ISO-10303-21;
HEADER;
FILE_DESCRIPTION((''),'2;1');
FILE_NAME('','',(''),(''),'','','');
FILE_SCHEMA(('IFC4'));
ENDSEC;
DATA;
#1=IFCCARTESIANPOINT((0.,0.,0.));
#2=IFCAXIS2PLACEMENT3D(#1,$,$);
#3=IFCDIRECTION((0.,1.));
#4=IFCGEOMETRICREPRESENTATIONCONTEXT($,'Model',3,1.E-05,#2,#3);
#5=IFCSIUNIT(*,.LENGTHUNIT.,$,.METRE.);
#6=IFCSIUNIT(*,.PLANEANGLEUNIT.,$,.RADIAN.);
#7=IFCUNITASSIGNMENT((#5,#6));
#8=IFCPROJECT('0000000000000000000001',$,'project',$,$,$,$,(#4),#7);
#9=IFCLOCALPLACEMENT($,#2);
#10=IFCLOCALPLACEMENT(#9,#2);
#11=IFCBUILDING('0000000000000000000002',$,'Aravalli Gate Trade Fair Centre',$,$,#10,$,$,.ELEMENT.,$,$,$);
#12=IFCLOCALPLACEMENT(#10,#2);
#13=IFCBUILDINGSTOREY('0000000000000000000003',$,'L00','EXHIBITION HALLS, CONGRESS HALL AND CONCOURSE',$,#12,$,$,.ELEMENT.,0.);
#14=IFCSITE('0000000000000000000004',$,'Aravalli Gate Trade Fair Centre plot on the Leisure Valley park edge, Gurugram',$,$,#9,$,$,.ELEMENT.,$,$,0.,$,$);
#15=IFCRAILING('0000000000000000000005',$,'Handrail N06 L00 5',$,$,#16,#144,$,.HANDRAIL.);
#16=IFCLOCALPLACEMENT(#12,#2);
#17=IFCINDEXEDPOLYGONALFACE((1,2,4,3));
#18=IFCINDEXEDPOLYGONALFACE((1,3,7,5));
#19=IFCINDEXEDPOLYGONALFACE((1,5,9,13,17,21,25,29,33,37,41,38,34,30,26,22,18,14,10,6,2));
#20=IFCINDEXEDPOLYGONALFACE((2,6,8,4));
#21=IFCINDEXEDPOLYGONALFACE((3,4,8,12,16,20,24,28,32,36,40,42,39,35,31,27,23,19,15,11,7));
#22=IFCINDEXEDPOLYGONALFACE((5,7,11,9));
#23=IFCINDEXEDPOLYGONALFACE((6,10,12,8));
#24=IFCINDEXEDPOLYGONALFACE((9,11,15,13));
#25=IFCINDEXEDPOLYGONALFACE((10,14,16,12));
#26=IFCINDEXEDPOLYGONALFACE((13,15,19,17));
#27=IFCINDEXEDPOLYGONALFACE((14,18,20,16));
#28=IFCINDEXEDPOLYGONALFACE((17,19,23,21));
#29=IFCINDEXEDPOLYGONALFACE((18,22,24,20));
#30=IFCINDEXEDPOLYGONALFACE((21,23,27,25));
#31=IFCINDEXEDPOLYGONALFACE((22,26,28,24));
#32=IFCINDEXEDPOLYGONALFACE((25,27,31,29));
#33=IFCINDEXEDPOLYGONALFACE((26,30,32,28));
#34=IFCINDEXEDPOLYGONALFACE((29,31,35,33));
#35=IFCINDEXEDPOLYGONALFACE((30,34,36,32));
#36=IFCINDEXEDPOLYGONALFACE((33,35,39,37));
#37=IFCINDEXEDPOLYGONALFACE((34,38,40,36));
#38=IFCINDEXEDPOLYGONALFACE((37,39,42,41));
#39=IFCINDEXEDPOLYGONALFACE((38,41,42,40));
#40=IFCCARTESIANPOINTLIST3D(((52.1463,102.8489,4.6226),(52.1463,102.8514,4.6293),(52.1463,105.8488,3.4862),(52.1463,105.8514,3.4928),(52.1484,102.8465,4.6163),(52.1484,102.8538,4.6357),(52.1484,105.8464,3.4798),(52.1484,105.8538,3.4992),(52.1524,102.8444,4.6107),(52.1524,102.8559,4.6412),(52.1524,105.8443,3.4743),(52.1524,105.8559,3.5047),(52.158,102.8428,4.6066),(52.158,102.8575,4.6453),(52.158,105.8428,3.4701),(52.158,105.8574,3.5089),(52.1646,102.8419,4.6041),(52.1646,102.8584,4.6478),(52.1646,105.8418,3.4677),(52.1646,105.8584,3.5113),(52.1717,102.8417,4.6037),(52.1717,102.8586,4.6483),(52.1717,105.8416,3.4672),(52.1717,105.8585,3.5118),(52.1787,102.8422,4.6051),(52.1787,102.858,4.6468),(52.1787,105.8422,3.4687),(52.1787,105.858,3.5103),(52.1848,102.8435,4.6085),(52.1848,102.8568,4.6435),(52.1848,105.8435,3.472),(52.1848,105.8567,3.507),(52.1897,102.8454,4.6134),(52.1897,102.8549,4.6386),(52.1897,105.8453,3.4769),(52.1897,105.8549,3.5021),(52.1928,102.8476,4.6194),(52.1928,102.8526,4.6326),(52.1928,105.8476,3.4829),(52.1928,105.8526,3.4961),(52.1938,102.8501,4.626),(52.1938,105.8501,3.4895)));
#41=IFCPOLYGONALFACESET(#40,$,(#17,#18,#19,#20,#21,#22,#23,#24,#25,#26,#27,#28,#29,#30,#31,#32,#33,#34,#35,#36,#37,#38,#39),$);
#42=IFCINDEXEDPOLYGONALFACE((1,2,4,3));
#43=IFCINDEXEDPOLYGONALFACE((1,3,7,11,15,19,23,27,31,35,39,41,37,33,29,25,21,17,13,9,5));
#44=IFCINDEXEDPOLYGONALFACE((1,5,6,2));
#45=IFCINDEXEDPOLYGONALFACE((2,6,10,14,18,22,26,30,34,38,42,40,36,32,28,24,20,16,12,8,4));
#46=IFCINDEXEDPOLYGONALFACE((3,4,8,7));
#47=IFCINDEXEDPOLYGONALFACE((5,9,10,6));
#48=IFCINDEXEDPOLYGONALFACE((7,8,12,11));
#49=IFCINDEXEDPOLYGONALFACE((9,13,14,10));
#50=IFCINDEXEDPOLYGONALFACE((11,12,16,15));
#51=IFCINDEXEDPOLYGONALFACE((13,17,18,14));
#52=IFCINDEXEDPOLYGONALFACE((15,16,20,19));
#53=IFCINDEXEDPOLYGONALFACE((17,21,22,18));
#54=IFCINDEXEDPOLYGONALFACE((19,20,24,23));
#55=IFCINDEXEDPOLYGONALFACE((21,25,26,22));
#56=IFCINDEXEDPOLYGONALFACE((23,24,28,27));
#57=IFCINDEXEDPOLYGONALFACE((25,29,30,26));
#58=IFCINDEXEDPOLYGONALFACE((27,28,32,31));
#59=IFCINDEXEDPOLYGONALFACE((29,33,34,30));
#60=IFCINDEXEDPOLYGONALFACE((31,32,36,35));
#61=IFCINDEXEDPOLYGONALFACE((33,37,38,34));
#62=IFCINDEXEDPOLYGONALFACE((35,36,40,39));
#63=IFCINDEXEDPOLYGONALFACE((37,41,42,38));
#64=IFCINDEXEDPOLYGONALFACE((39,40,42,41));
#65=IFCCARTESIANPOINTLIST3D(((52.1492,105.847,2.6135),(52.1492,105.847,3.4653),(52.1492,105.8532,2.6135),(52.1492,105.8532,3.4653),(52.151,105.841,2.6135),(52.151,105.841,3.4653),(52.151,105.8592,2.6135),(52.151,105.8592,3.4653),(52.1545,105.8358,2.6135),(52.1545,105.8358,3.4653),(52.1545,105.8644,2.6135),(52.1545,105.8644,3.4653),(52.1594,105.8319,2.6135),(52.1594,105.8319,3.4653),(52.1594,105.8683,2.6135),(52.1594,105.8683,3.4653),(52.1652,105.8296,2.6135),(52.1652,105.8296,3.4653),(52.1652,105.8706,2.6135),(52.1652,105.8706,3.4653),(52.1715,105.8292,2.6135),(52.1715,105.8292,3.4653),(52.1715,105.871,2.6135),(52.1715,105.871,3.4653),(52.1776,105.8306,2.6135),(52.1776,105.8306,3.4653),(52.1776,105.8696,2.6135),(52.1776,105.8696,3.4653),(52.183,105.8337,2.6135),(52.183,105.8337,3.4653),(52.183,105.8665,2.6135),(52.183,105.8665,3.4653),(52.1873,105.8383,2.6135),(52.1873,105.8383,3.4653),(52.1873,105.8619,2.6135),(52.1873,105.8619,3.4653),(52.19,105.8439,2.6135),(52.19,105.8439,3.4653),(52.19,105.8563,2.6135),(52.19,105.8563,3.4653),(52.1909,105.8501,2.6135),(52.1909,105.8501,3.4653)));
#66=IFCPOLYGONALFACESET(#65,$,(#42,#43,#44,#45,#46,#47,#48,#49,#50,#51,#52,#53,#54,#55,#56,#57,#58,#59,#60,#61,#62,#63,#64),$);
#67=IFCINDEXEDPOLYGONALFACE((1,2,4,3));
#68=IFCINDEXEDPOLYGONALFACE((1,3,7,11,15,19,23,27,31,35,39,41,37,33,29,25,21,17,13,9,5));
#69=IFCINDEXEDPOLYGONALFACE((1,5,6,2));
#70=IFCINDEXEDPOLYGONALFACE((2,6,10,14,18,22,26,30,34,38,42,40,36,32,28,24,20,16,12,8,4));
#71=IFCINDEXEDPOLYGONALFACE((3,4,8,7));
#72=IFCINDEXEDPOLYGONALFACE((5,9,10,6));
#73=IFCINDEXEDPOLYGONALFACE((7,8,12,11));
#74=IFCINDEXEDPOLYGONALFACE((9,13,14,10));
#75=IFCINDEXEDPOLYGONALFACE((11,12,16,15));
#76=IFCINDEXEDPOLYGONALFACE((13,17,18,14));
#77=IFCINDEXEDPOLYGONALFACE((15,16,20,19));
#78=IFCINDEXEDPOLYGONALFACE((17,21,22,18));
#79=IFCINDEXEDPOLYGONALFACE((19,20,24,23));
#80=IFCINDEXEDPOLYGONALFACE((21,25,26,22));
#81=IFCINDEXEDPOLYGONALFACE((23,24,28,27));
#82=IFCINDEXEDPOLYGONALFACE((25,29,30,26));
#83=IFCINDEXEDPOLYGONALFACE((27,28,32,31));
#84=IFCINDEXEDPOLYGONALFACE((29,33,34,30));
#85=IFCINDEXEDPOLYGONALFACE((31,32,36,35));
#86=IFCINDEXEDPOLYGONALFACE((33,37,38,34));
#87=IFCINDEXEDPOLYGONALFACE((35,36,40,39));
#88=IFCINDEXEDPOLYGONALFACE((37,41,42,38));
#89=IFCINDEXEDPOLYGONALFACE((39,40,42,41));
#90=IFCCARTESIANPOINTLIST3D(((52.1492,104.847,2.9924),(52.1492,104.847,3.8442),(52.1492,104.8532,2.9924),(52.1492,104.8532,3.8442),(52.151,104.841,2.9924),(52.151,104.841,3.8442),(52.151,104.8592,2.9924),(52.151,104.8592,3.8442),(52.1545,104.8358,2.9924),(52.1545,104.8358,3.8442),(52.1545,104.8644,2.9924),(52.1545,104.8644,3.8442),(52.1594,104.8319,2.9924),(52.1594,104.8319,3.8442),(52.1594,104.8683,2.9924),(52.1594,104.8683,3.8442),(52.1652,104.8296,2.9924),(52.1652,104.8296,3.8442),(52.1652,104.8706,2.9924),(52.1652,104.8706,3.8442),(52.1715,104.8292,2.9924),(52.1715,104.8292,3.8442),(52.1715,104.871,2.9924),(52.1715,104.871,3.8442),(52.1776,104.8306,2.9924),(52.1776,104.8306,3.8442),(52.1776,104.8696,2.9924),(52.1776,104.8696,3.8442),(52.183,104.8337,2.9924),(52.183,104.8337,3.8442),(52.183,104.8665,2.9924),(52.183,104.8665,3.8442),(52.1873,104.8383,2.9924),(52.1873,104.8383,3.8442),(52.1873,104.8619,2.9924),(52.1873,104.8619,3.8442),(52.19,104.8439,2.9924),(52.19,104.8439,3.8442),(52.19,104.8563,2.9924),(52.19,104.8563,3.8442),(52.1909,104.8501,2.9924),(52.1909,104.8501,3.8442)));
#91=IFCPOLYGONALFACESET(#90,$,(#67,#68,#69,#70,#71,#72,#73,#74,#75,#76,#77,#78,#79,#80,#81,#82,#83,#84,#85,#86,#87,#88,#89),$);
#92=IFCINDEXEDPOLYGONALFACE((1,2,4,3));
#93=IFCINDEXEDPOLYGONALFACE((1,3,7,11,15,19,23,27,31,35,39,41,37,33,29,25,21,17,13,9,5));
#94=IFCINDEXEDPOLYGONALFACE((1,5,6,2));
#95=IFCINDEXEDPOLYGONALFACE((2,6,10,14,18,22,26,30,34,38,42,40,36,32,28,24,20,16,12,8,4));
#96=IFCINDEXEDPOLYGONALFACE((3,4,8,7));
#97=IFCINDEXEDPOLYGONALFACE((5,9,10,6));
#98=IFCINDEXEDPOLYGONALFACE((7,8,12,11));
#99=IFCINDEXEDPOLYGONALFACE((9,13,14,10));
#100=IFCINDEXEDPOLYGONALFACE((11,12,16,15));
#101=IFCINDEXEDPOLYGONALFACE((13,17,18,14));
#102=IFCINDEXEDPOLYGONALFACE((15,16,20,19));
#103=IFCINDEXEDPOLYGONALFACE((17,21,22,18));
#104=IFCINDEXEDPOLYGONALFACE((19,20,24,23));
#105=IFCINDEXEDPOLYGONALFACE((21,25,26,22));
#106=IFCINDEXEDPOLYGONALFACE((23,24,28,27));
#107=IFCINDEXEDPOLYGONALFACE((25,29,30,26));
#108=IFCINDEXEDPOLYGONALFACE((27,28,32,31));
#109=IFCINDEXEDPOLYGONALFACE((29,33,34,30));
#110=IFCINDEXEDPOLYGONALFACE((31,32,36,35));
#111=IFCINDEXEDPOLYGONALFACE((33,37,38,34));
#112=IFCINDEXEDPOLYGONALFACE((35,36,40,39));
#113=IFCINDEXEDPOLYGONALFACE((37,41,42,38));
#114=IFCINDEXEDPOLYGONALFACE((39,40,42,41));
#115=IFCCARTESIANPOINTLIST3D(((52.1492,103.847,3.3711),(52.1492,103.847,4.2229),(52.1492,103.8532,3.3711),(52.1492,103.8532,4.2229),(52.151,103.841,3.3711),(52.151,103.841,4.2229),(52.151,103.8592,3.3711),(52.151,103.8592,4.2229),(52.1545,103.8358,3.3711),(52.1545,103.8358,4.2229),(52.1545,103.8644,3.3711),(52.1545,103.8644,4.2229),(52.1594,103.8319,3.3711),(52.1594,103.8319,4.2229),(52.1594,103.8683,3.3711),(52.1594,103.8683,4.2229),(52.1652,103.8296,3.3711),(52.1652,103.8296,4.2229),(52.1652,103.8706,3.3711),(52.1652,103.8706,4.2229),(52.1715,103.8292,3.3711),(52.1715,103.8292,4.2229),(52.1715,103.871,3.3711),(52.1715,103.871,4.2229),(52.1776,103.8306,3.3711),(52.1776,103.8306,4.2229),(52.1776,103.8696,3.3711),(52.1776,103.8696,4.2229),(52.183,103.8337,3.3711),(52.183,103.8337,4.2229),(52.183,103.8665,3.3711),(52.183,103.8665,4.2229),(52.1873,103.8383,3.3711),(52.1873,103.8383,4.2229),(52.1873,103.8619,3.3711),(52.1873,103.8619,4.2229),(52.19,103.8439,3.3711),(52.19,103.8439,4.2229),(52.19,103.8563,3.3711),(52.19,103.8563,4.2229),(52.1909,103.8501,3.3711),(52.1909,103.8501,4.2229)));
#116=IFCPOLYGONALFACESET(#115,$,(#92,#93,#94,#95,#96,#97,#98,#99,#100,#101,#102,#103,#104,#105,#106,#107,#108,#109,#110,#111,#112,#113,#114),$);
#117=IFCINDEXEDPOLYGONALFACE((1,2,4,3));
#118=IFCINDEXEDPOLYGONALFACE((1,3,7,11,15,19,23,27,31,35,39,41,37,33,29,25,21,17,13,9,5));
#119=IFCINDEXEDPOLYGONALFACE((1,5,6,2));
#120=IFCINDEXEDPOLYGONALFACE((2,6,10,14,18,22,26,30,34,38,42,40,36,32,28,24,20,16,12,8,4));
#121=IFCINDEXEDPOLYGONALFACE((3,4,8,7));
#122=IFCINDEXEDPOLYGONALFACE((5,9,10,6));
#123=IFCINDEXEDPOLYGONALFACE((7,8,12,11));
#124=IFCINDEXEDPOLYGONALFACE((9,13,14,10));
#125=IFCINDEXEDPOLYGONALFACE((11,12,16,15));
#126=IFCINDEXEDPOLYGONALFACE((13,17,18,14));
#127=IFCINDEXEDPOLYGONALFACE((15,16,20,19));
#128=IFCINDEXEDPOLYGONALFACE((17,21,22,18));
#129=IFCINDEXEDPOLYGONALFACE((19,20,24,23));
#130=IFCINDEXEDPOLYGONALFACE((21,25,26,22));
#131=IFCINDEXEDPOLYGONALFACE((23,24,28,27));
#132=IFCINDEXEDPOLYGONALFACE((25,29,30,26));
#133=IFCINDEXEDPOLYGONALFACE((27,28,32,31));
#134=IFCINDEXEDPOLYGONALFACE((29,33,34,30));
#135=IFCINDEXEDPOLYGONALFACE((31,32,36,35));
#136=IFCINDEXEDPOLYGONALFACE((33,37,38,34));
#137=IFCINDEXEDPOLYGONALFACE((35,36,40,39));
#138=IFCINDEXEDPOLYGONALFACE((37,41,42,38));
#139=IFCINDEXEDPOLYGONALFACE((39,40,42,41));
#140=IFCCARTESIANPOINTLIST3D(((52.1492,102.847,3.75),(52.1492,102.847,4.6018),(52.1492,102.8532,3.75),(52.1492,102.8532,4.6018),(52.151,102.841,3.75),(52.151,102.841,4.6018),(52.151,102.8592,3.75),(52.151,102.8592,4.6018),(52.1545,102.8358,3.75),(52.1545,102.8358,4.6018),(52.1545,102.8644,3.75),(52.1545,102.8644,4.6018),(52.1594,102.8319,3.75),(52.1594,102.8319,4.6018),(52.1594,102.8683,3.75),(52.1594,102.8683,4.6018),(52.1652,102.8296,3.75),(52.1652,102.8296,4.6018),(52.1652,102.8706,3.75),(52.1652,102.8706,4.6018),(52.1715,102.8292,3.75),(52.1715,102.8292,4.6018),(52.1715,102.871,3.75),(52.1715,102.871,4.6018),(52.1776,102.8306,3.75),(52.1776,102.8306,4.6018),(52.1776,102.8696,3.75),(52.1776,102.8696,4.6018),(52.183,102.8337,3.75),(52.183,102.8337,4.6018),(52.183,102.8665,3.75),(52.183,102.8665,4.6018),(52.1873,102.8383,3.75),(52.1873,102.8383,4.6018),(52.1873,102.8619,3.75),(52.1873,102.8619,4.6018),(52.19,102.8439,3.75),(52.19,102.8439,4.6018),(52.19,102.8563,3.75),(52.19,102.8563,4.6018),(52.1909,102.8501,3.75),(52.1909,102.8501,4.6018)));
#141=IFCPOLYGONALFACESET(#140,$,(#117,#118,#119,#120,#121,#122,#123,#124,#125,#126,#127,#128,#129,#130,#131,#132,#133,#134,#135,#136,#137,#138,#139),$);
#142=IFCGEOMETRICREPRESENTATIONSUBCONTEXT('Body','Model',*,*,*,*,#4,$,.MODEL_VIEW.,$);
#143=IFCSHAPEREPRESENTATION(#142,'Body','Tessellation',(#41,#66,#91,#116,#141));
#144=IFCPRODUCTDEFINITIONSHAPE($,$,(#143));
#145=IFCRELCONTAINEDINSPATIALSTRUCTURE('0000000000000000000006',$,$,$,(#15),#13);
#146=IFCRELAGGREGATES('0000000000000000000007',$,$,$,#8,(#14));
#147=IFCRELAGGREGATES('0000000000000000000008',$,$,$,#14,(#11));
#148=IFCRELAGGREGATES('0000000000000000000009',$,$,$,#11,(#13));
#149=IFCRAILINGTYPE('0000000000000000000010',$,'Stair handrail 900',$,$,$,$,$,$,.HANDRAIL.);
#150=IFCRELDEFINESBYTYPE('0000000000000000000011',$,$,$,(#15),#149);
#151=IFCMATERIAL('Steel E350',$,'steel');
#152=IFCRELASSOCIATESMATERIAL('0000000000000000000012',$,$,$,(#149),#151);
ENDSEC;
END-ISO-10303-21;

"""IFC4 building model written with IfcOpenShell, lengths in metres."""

from ifc_helpers import new_model, si_unit, direction, frame, origin, origin_2d, place, context, subcontext, project, spatial, circle, extrude, material, type_object, element, save


model = new_model("IFC4")

# Units and contexts
model_context = context("Model", 3, precision=1e-05, world=origin(), true_north=direction((0.0, 1.0)))
body_context = subcontext(model_context, "Body", "Model", "MODEL_VIEW")
ifc_project = project(units=[si_unit("LENGTHUNIT", "METRE"), si_unit("PLANEANGLEUNIT", "RADIAN")], contexts=[model_context])

# Site, building, storey
site_placement = place(None, origin())
site = spatial("IfcSite", under=ifc_project, at=site_placement, Name="Aravalli Gate Trade Fair Centre plot on the Leisure Valley park edge, Gurugram", CompositionType="ELEMENT", RefElevation=0.0)
building_placement = place(site_placement, origin())
building = spatial("IfcBuilding", under=site, at=building_placement, Name="Aravalli Gate Trade Fair Centre", CompositionType="ELEMENT")
storey_placement = place(building_placement, origin())
storey = spatial("IfcBuildingStorey", under=building, at=storey_placement, Name="L00", Description="EXHIBITION HALLS, CONGRESS HALL AND CONCOURSE", CompositionType="ELEMENT", Elevation=0.0)

# Shared definitions
ifc_material_1 = material(Name="Steel E350", Category="steel")

# Railing
railing_type = type_object("IfcRailingType", Name="Stair handrail 900", PredefinedType="HANDRAIL", material=ifc_material_1)
for number, where, name in (
    (1, (52.1699, 105.8501, 2.6135), "Handrail N06 L00 5"),
):
    element("IfcRailing", number, at=place(storey_placement, frame(where)), inside=storey, type_object=railing_type, Name=name, PredefinedType="HANDRAIL", context=body_context, shape_type="SweptSolid", body=[
        extrude(circle(Radius=0.0239, at=origin_2d()), frame((0.0, 0.0, 0.876), z_axis=(0.0, -0.935148, 0.354257), x_axis=(1.0, 0.0, 0.0)), (0.0, 0.0, 1.0), 3.208),
        extrude(circle(Radius=0.021, at=origin_2d()), origin(), (0.0, 0.0, 1.0), 0.8518),
        extrude(circle(Radius=0.021, at=origin_2d()), frame((0.0, -1.0, 0.3789)), (0.0, 0.0, 1.0), 0.8518),
        extrude(circle(Radius=0.021, at=origin_2d()), frame((0.0, -2.0, 0.7576)), (0.0, 0.0, 1.0), 0.8518),
        extrude(circle(Radius=0.021, at=origin_2d()), frame((0.0, -3.0, 1.1365)), (0.0, 0.0, 1.0), 0.8518),
    ])

save(model, "model.ifc")
